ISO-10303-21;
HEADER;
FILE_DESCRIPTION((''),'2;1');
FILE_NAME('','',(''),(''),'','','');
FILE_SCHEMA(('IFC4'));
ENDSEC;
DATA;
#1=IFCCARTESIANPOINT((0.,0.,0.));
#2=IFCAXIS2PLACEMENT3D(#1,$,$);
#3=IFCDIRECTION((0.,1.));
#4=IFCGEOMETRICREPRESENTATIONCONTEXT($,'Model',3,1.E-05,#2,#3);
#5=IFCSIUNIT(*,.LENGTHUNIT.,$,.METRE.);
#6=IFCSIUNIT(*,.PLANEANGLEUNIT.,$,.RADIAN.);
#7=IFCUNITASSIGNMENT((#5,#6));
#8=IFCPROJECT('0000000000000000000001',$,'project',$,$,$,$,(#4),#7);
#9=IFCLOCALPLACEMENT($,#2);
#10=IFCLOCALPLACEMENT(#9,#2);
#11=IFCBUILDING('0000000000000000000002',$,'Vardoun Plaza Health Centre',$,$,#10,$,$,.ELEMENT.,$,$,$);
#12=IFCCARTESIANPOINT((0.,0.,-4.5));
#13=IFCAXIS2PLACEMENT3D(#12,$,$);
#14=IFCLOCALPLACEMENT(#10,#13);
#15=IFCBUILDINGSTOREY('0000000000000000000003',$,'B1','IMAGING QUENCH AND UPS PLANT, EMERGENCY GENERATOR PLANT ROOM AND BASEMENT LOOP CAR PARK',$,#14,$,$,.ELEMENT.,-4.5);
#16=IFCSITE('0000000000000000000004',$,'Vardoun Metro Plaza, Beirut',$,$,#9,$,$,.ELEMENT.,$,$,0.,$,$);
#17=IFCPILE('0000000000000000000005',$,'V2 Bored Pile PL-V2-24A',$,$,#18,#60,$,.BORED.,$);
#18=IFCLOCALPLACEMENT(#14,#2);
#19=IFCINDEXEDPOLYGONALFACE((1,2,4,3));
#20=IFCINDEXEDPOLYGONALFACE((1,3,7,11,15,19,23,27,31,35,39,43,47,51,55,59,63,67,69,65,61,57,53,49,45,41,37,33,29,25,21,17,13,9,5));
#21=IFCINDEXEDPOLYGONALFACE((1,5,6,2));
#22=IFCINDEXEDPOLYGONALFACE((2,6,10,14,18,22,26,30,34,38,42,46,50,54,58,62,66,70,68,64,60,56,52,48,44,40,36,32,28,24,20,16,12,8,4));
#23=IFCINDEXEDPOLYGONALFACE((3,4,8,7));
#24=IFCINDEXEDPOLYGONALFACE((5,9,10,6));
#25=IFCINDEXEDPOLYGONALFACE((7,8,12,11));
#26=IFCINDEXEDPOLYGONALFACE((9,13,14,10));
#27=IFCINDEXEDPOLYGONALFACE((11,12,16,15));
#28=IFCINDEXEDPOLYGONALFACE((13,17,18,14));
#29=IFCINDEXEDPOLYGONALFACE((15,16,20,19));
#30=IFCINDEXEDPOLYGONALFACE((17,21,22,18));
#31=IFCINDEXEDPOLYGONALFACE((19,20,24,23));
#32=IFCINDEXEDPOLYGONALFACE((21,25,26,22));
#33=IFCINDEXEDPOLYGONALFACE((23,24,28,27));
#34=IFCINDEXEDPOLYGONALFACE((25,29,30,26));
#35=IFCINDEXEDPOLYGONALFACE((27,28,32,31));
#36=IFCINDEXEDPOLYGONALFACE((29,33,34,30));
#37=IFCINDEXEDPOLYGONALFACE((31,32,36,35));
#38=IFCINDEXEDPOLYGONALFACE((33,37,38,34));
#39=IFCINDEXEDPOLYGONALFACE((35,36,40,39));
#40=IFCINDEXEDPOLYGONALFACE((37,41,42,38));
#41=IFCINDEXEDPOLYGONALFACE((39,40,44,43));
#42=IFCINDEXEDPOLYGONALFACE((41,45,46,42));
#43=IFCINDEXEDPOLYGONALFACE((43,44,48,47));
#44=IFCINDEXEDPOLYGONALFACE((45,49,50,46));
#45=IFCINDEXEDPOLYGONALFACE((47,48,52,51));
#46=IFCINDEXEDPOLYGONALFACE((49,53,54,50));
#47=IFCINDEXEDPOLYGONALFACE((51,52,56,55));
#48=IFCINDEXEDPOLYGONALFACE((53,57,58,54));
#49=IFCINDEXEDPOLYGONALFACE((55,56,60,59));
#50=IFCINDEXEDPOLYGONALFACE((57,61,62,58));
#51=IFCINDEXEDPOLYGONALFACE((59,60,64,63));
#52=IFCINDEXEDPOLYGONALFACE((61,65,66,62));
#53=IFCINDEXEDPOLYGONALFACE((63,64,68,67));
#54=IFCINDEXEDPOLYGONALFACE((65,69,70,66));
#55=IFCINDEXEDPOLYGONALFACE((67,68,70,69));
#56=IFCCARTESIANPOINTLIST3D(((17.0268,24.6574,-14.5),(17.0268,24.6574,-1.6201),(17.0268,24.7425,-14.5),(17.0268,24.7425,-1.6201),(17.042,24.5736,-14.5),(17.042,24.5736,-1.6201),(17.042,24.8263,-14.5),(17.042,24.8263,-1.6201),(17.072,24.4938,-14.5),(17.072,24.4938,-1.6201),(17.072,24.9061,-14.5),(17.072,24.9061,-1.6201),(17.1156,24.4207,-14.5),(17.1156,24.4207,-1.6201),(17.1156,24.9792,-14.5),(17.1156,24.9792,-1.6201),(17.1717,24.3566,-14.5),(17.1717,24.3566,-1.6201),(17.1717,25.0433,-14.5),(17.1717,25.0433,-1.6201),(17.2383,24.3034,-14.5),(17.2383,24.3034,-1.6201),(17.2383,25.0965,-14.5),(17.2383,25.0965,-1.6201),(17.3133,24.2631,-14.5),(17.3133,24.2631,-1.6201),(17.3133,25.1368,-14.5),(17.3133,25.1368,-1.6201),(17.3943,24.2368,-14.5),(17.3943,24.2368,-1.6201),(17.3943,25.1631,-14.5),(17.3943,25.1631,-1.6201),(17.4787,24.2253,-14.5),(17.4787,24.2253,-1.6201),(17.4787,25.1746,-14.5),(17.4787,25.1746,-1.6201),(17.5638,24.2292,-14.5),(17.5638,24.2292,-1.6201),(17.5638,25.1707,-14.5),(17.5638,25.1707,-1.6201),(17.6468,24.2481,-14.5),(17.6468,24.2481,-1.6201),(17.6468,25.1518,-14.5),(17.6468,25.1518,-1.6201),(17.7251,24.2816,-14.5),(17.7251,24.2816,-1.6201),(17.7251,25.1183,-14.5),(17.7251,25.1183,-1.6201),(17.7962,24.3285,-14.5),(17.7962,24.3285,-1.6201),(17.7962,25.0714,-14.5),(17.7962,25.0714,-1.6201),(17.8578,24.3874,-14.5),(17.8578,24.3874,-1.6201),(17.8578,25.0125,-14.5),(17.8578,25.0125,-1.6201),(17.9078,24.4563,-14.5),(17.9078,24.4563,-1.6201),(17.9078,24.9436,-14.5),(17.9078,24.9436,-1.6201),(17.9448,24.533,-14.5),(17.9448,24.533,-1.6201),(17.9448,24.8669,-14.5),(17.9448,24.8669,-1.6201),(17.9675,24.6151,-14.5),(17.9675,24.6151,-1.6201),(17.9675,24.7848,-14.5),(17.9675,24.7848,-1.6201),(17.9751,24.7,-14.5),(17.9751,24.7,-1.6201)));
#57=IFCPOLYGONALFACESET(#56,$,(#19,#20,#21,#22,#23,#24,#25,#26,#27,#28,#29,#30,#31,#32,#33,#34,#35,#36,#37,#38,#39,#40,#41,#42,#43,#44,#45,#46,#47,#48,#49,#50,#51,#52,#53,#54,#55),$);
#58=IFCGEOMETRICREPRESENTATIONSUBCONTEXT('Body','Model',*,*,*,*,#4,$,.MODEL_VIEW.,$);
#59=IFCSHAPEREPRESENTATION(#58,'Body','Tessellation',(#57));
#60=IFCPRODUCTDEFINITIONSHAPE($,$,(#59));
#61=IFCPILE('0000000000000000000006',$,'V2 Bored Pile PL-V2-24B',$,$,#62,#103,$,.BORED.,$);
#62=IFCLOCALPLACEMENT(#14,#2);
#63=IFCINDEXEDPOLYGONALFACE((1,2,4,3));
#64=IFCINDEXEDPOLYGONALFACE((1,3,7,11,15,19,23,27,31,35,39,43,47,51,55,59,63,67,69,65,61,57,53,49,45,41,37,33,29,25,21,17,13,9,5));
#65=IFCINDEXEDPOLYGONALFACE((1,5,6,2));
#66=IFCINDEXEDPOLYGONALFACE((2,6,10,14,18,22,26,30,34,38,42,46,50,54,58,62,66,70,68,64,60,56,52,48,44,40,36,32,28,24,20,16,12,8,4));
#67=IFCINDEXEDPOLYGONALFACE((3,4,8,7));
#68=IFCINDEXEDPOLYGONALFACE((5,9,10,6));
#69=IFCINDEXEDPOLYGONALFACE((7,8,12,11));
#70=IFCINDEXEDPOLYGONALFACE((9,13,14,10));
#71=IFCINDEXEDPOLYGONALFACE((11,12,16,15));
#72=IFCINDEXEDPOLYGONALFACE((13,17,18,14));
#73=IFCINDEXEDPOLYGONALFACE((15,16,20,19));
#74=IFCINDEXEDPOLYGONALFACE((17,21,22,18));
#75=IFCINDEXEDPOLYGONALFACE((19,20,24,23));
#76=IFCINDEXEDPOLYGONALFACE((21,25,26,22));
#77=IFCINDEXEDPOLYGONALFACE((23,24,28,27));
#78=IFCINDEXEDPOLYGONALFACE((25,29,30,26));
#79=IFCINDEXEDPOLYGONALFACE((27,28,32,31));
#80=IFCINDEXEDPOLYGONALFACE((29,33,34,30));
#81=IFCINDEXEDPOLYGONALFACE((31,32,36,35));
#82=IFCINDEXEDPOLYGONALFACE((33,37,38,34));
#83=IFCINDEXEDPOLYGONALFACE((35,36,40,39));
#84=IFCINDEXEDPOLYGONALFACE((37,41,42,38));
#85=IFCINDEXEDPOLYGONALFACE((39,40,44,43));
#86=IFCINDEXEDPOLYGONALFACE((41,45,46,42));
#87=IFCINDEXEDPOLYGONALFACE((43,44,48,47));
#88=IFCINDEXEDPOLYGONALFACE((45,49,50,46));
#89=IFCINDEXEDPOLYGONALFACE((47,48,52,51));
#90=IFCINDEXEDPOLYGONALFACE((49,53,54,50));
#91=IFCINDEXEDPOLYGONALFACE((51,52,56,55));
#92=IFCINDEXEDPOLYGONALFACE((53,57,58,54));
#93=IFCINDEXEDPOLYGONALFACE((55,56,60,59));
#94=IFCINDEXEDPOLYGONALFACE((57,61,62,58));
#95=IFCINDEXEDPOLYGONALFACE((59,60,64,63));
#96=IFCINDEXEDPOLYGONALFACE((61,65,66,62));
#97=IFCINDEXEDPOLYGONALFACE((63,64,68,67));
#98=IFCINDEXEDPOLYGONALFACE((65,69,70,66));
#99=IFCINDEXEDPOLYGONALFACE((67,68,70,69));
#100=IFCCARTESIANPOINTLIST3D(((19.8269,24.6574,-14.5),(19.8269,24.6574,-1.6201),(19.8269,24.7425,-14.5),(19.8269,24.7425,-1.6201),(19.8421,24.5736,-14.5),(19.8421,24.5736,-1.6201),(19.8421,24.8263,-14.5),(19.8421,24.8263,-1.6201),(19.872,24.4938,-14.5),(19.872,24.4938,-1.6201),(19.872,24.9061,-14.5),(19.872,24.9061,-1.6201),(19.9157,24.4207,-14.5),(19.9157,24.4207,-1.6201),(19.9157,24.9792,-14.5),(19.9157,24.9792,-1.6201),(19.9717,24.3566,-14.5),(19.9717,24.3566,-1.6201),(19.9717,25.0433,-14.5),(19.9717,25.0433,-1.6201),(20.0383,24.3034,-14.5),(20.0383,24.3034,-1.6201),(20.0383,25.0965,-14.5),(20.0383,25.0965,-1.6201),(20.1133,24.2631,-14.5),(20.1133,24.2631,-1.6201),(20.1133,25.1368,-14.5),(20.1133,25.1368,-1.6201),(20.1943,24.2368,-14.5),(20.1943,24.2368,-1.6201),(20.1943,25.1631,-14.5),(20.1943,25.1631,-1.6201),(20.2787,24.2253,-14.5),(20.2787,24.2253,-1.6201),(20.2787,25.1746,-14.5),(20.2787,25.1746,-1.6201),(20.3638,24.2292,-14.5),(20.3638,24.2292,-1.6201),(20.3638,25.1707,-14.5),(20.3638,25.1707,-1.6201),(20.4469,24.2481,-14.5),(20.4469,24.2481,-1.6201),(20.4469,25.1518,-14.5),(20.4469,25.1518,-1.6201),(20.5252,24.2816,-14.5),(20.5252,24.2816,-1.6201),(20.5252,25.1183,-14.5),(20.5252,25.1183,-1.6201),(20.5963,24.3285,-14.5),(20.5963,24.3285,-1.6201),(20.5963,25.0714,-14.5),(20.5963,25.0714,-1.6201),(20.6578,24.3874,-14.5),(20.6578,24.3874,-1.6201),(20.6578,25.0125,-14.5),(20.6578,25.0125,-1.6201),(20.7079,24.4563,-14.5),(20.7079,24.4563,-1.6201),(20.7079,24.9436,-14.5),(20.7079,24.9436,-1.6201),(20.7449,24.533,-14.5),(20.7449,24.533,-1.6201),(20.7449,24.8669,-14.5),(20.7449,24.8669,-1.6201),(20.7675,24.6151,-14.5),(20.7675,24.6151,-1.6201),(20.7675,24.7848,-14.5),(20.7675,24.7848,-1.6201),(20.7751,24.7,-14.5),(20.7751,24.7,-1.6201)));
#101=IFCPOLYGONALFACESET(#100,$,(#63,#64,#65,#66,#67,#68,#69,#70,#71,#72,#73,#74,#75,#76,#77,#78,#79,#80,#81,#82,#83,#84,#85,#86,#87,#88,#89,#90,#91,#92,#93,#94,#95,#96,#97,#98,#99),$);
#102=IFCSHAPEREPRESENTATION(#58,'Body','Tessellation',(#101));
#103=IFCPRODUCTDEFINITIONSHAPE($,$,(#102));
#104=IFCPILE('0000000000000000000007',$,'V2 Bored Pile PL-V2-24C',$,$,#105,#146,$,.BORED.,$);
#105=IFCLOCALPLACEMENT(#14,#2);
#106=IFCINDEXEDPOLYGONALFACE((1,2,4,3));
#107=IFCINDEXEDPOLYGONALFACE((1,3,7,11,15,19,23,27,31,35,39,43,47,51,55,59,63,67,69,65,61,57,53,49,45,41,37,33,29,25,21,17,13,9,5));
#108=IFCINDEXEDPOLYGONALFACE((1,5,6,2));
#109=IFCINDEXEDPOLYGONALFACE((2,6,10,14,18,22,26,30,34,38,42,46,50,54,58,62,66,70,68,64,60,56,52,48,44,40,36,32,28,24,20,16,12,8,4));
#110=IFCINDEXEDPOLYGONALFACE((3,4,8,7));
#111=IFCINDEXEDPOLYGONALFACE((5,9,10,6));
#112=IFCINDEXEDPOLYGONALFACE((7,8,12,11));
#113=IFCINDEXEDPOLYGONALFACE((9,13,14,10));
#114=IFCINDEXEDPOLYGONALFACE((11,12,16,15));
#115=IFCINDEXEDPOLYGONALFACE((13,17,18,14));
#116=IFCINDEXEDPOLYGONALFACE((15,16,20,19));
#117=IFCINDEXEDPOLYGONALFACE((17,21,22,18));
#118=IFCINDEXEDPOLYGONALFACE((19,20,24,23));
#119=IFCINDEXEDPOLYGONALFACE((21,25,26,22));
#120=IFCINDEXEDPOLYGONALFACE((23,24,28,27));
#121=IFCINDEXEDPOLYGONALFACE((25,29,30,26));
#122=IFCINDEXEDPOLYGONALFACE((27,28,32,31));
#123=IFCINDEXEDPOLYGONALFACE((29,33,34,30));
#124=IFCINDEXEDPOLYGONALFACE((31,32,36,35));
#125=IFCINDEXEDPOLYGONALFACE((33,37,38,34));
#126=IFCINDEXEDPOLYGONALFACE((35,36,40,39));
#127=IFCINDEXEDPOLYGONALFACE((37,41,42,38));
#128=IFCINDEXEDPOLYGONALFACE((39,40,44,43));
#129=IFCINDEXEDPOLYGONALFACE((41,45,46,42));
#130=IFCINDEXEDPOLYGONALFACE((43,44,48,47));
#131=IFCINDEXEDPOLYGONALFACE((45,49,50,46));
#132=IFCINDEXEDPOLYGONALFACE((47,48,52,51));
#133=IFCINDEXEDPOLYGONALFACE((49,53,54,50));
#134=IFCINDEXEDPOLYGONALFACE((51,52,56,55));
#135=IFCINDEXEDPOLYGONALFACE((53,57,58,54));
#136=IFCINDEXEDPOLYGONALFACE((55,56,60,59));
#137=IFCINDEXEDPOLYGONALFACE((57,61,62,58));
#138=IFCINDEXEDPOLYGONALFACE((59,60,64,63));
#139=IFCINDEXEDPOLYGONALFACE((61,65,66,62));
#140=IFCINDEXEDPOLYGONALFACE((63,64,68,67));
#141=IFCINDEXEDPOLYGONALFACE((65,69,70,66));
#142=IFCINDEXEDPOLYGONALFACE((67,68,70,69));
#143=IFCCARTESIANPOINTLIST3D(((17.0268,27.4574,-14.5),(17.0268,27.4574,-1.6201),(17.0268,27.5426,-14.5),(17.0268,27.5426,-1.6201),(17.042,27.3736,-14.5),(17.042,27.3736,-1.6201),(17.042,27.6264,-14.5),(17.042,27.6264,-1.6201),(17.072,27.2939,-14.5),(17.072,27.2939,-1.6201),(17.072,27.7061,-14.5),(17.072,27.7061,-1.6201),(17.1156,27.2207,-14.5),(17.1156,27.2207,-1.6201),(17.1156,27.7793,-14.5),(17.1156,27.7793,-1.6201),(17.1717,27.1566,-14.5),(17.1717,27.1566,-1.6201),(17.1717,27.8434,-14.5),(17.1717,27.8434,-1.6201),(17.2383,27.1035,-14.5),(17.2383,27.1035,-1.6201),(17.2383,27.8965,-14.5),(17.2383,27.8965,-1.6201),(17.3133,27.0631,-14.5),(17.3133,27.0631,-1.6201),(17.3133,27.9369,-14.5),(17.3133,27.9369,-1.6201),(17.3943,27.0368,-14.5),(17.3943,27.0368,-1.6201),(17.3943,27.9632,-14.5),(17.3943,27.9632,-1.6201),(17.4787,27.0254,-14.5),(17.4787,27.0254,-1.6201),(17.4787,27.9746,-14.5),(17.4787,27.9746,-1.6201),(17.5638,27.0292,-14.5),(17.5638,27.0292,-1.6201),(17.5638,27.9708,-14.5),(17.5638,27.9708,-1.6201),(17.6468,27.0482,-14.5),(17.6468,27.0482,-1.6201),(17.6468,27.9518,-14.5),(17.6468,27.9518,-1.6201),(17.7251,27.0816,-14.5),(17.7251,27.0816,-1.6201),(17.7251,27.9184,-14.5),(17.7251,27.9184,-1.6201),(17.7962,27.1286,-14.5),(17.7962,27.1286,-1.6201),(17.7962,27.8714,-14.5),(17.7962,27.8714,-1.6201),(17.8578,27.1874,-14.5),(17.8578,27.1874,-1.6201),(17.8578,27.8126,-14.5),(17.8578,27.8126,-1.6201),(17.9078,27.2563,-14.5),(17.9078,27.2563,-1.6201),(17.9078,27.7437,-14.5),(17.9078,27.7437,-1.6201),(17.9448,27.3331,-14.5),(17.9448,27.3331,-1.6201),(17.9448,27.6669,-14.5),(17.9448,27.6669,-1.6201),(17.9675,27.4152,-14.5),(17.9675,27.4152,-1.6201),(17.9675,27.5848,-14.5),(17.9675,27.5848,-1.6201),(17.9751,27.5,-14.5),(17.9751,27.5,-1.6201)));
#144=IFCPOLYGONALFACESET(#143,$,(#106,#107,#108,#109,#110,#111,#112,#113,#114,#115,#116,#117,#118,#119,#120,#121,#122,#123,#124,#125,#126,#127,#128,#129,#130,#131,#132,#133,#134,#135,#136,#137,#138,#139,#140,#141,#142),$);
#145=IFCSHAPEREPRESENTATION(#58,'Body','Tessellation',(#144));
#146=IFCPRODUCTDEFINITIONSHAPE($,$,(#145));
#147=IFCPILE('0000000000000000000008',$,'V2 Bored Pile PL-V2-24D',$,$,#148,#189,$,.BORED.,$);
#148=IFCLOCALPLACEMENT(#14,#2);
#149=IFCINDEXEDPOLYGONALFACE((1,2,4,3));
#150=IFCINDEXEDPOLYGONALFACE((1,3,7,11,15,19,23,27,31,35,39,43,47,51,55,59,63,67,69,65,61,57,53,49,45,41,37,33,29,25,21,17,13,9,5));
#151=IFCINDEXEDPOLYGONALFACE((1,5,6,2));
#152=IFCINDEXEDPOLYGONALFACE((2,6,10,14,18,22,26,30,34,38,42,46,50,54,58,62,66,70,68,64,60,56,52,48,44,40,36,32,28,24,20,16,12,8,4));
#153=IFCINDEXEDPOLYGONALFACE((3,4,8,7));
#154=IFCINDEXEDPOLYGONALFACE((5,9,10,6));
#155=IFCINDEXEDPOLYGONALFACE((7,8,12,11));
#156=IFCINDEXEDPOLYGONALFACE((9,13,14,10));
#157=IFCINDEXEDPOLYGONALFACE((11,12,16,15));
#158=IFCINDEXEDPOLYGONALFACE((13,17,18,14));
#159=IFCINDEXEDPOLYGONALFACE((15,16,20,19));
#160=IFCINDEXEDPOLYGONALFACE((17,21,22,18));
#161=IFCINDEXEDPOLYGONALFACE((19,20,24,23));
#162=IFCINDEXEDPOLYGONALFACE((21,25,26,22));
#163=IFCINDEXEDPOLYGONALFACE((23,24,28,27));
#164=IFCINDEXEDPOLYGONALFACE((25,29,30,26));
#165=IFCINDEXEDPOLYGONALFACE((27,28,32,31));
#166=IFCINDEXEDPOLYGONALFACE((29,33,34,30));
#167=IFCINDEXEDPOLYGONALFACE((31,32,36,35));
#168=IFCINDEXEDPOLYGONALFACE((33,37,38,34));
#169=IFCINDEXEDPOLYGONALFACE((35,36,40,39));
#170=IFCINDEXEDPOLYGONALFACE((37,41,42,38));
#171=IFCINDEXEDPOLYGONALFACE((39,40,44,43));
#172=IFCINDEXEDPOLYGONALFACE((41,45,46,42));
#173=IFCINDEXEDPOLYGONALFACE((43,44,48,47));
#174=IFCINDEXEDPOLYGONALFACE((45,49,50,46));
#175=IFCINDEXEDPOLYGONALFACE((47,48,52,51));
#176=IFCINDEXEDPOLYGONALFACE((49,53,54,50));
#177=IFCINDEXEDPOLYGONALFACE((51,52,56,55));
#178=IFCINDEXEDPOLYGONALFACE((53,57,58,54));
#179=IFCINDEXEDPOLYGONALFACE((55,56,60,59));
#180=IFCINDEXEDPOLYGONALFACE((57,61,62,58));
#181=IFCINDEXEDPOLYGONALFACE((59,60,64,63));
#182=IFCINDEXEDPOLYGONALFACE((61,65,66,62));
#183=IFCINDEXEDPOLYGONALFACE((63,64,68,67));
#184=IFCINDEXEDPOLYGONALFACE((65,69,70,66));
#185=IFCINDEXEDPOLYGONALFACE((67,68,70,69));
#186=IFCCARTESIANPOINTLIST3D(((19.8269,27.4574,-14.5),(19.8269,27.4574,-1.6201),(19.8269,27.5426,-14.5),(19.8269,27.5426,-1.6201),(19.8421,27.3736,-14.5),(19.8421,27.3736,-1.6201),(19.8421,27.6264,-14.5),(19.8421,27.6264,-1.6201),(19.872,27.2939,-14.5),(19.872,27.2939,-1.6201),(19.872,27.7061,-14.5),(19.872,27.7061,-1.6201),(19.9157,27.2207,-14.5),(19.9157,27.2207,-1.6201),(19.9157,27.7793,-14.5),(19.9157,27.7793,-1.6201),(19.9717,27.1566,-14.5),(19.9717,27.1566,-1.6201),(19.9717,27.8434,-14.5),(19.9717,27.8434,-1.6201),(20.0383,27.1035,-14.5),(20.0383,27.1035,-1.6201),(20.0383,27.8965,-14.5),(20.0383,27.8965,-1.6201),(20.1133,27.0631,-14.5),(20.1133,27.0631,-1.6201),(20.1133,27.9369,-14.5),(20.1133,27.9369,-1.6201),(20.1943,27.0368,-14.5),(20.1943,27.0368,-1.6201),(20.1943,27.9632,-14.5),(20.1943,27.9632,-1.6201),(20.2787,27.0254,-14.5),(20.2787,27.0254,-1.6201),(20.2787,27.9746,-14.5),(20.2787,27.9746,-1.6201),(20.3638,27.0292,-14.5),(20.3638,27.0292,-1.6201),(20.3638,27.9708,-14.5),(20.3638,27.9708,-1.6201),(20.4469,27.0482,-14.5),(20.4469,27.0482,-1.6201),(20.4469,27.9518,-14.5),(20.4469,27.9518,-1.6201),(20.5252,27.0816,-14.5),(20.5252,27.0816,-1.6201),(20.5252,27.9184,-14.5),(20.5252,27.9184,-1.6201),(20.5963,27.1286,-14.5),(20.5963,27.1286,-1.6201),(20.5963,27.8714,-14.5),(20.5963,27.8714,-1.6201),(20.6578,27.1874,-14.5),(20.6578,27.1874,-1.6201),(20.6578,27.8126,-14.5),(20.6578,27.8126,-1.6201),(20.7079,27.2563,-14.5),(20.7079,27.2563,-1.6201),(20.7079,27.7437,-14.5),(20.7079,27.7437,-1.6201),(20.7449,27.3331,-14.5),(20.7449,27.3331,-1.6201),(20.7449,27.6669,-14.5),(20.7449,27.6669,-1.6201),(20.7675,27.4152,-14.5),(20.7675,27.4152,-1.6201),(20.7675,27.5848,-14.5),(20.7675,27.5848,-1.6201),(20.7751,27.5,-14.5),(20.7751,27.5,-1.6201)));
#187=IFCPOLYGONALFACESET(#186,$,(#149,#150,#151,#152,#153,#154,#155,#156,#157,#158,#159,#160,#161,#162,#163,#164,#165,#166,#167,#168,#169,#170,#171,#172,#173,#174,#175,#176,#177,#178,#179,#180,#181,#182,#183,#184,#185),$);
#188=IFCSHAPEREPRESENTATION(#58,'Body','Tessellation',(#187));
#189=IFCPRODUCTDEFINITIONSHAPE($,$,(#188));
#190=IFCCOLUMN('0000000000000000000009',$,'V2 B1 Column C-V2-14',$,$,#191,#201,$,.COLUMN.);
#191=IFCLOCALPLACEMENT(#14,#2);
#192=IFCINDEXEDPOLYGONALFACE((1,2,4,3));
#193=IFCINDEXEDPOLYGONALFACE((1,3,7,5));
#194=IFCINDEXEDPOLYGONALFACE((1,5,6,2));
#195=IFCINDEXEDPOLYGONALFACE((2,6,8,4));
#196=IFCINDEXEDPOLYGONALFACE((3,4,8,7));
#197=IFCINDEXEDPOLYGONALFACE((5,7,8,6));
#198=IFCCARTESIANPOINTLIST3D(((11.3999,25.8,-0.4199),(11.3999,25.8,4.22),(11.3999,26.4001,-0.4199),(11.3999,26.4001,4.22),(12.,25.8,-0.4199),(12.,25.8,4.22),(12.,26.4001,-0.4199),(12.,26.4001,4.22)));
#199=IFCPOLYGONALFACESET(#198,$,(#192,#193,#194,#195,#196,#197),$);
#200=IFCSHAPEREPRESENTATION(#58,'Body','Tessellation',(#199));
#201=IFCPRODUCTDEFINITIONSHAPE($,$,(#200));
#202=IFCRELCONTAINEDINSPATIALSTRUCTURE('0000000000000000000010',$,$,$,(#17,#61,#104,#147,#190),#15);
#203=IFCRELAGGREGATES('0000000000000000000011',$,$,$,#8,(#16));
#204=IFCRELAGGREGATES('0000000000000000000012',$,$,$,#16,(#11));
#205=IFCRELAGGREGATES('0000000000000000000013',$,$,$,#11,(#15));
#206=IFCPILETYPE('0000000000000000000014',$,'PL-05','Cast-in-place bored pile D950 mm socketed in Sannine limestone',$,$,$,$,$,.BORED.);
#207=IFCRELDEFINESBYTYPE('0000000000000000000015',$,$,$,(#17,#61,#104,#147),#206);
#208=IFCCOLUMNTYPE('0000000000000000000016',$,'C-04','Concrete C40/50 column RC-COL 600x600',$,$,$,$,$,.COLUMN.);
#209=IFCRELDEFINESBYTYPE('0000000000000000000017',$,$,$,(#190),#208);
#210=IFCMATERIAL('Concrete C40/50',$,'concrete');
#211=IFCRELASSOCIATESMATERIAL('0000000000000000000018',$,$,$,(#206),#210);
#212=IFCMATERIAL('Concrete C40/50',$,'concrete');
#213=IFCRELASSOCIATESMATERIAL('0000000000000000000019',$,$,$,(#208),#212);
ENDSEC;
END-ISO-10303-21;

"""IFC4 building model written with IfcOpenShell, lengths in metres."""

from ifc_helpers import new_model, si_unit, direction, frame, origin, origin_2d, place, context, subcontext, project, spatial, rectangle, circle, extrude, material, material_profile, profile_set, type_object, element, save


model = new_model("IFC4")

# Units and contexts
model_context = context("Model", 3, precision=1e-05, world=origin(), true_north=direction((0.0, 1.0)))
body_context = subcontext(model_context, "Body", "Model", "MODEL_VIEW")
ifc_project = project(units=[si_unit("LENGTHUNIT", "METRE"), si_unit("PLANEANGLEUNIT", "RADIAN")], contexts=[model_context])

# Site, building, storey
site_placement = place(None, origin())
site = spatial("IfcSite", under=ifc_project, at=site_placement, Name="Vardoun Metro Plaza, Beirut", CompositionType="ELEMENT", RefElevation=0.0)
building_placement = place(site_placement, origin())
building = spatial("IfcBuilding", under=site, at=building_placement, Name="Vardoun Plaza Health Centre", CompositionType="ELEMENT")
storey_placement = place(building_placement, frame((0.0, 0.0, -4.5)))
storey = spatial("IfcBuildingStorey", under=building, at=storey_placement, Name="B1", Description="IMAGING QUENCH AND UPS PLANT, EMERGENCY GENERATOR PLANT ROOM AND BASEMENT LOOP CAR PARK", CompositionType="ELEMENT", Elevation=-4.5)

# Piles
ifc_material_1 = material(Name="Concrete C40/50", Category="concrete")
ifc_material_profile_1 = material_profile(ifc_material_1, circle(Radius=0.4751, at=origin_2d()), Name="PILE D950")
ifc_profile_set_1 = profile_set([ifc_material_profile_1], Name="Concrete C40/50")
pile_type_1 = type_object("IfcPileType", Name="PL-05", Description="Cast-in-place bored pile D950 mm socketed in Sannine limestone", PredefinedType="BORED", material=ifc_profile_set_1)
for number, where, z_axis, x_axis, name in (
    (1, (17.5, 24.7, -1.6201), (0.0, 0.0, -1.0), (1.0, 0.0, 0.0), "V2 Bored Pile PL-V2-24A"),
    (2, (20.3, 24.7, -1.6201), (0.0, 0.0, -1.0), (1.0, 0.0, 0.0), "V2 Bored Pile PL-V2-24B"),
    (3, (17.5, 27.5, -1.6201), (0.0, 0.0, -1.0), (1.0, 0.0, 0.0), "V2 Bored Pile PL-V2-24C"),
    (4, (20.3, 27.5, -1.6201), (0.0, 0.0, -1.0), (1.0, 0.0, 0.0), "V2 Bored Pile PL-V2-24D"),
):
    element("IfcPile", number, at=place(storey_placement, frame(where, z_axis=z_axis, x_axis=x_axis)), inside=storey, type_object=pile_type_1, Name=name, PredefinedType="BORED", context=body_context, shape_type="SweptSolid", body=[
        extrude(circle(Radius=0.4751, at=origin_2d()), origin(), (0.0, 0.0, 1.0), 12.8799),
    ])

# Column
ifc_material_2 = material(Name="Concrete C40/50", Category="concrete")
ifc_material_profile_2 = material_profile(ifc_material_2, rectangle(XDim=0.6001, YDim=0.6001, at=origin_2d()), Name="RC-COL 600x600")
ifc_profile_set_2 = profile_set([ifc_material_profile_2], Name="Concrete C40/50")
column_type_1 = type_object("IfcColumnType", Name="C-04", Description="Concrete C40/50 column RC-COL 600x600", PredefinedType="COLUMN", material=ifc_profile_set_2)
column_1_placement = place(storey_placement, frame((11.7, 26.1001, -0.4199), z_axis=(0.0, 0.0, 1.0), x_axis=(1.0, 0.0, 0.0)))
element("IfcColumn", 5, at=column_1_placement, inside=storey, type_object=column_type_1, Name="V2 B1 Column C-V2-14", PredefinedType="COLUMN", context=body_context, shape_type="SweptSolid", body=[
    extrude(rectangle(XDim=0.6001, YDim=0.6001, at=origin_2d()), origin(), (0.0, 0.0, 1.0), 4.6399),
])

save(model, "model.ifc")
